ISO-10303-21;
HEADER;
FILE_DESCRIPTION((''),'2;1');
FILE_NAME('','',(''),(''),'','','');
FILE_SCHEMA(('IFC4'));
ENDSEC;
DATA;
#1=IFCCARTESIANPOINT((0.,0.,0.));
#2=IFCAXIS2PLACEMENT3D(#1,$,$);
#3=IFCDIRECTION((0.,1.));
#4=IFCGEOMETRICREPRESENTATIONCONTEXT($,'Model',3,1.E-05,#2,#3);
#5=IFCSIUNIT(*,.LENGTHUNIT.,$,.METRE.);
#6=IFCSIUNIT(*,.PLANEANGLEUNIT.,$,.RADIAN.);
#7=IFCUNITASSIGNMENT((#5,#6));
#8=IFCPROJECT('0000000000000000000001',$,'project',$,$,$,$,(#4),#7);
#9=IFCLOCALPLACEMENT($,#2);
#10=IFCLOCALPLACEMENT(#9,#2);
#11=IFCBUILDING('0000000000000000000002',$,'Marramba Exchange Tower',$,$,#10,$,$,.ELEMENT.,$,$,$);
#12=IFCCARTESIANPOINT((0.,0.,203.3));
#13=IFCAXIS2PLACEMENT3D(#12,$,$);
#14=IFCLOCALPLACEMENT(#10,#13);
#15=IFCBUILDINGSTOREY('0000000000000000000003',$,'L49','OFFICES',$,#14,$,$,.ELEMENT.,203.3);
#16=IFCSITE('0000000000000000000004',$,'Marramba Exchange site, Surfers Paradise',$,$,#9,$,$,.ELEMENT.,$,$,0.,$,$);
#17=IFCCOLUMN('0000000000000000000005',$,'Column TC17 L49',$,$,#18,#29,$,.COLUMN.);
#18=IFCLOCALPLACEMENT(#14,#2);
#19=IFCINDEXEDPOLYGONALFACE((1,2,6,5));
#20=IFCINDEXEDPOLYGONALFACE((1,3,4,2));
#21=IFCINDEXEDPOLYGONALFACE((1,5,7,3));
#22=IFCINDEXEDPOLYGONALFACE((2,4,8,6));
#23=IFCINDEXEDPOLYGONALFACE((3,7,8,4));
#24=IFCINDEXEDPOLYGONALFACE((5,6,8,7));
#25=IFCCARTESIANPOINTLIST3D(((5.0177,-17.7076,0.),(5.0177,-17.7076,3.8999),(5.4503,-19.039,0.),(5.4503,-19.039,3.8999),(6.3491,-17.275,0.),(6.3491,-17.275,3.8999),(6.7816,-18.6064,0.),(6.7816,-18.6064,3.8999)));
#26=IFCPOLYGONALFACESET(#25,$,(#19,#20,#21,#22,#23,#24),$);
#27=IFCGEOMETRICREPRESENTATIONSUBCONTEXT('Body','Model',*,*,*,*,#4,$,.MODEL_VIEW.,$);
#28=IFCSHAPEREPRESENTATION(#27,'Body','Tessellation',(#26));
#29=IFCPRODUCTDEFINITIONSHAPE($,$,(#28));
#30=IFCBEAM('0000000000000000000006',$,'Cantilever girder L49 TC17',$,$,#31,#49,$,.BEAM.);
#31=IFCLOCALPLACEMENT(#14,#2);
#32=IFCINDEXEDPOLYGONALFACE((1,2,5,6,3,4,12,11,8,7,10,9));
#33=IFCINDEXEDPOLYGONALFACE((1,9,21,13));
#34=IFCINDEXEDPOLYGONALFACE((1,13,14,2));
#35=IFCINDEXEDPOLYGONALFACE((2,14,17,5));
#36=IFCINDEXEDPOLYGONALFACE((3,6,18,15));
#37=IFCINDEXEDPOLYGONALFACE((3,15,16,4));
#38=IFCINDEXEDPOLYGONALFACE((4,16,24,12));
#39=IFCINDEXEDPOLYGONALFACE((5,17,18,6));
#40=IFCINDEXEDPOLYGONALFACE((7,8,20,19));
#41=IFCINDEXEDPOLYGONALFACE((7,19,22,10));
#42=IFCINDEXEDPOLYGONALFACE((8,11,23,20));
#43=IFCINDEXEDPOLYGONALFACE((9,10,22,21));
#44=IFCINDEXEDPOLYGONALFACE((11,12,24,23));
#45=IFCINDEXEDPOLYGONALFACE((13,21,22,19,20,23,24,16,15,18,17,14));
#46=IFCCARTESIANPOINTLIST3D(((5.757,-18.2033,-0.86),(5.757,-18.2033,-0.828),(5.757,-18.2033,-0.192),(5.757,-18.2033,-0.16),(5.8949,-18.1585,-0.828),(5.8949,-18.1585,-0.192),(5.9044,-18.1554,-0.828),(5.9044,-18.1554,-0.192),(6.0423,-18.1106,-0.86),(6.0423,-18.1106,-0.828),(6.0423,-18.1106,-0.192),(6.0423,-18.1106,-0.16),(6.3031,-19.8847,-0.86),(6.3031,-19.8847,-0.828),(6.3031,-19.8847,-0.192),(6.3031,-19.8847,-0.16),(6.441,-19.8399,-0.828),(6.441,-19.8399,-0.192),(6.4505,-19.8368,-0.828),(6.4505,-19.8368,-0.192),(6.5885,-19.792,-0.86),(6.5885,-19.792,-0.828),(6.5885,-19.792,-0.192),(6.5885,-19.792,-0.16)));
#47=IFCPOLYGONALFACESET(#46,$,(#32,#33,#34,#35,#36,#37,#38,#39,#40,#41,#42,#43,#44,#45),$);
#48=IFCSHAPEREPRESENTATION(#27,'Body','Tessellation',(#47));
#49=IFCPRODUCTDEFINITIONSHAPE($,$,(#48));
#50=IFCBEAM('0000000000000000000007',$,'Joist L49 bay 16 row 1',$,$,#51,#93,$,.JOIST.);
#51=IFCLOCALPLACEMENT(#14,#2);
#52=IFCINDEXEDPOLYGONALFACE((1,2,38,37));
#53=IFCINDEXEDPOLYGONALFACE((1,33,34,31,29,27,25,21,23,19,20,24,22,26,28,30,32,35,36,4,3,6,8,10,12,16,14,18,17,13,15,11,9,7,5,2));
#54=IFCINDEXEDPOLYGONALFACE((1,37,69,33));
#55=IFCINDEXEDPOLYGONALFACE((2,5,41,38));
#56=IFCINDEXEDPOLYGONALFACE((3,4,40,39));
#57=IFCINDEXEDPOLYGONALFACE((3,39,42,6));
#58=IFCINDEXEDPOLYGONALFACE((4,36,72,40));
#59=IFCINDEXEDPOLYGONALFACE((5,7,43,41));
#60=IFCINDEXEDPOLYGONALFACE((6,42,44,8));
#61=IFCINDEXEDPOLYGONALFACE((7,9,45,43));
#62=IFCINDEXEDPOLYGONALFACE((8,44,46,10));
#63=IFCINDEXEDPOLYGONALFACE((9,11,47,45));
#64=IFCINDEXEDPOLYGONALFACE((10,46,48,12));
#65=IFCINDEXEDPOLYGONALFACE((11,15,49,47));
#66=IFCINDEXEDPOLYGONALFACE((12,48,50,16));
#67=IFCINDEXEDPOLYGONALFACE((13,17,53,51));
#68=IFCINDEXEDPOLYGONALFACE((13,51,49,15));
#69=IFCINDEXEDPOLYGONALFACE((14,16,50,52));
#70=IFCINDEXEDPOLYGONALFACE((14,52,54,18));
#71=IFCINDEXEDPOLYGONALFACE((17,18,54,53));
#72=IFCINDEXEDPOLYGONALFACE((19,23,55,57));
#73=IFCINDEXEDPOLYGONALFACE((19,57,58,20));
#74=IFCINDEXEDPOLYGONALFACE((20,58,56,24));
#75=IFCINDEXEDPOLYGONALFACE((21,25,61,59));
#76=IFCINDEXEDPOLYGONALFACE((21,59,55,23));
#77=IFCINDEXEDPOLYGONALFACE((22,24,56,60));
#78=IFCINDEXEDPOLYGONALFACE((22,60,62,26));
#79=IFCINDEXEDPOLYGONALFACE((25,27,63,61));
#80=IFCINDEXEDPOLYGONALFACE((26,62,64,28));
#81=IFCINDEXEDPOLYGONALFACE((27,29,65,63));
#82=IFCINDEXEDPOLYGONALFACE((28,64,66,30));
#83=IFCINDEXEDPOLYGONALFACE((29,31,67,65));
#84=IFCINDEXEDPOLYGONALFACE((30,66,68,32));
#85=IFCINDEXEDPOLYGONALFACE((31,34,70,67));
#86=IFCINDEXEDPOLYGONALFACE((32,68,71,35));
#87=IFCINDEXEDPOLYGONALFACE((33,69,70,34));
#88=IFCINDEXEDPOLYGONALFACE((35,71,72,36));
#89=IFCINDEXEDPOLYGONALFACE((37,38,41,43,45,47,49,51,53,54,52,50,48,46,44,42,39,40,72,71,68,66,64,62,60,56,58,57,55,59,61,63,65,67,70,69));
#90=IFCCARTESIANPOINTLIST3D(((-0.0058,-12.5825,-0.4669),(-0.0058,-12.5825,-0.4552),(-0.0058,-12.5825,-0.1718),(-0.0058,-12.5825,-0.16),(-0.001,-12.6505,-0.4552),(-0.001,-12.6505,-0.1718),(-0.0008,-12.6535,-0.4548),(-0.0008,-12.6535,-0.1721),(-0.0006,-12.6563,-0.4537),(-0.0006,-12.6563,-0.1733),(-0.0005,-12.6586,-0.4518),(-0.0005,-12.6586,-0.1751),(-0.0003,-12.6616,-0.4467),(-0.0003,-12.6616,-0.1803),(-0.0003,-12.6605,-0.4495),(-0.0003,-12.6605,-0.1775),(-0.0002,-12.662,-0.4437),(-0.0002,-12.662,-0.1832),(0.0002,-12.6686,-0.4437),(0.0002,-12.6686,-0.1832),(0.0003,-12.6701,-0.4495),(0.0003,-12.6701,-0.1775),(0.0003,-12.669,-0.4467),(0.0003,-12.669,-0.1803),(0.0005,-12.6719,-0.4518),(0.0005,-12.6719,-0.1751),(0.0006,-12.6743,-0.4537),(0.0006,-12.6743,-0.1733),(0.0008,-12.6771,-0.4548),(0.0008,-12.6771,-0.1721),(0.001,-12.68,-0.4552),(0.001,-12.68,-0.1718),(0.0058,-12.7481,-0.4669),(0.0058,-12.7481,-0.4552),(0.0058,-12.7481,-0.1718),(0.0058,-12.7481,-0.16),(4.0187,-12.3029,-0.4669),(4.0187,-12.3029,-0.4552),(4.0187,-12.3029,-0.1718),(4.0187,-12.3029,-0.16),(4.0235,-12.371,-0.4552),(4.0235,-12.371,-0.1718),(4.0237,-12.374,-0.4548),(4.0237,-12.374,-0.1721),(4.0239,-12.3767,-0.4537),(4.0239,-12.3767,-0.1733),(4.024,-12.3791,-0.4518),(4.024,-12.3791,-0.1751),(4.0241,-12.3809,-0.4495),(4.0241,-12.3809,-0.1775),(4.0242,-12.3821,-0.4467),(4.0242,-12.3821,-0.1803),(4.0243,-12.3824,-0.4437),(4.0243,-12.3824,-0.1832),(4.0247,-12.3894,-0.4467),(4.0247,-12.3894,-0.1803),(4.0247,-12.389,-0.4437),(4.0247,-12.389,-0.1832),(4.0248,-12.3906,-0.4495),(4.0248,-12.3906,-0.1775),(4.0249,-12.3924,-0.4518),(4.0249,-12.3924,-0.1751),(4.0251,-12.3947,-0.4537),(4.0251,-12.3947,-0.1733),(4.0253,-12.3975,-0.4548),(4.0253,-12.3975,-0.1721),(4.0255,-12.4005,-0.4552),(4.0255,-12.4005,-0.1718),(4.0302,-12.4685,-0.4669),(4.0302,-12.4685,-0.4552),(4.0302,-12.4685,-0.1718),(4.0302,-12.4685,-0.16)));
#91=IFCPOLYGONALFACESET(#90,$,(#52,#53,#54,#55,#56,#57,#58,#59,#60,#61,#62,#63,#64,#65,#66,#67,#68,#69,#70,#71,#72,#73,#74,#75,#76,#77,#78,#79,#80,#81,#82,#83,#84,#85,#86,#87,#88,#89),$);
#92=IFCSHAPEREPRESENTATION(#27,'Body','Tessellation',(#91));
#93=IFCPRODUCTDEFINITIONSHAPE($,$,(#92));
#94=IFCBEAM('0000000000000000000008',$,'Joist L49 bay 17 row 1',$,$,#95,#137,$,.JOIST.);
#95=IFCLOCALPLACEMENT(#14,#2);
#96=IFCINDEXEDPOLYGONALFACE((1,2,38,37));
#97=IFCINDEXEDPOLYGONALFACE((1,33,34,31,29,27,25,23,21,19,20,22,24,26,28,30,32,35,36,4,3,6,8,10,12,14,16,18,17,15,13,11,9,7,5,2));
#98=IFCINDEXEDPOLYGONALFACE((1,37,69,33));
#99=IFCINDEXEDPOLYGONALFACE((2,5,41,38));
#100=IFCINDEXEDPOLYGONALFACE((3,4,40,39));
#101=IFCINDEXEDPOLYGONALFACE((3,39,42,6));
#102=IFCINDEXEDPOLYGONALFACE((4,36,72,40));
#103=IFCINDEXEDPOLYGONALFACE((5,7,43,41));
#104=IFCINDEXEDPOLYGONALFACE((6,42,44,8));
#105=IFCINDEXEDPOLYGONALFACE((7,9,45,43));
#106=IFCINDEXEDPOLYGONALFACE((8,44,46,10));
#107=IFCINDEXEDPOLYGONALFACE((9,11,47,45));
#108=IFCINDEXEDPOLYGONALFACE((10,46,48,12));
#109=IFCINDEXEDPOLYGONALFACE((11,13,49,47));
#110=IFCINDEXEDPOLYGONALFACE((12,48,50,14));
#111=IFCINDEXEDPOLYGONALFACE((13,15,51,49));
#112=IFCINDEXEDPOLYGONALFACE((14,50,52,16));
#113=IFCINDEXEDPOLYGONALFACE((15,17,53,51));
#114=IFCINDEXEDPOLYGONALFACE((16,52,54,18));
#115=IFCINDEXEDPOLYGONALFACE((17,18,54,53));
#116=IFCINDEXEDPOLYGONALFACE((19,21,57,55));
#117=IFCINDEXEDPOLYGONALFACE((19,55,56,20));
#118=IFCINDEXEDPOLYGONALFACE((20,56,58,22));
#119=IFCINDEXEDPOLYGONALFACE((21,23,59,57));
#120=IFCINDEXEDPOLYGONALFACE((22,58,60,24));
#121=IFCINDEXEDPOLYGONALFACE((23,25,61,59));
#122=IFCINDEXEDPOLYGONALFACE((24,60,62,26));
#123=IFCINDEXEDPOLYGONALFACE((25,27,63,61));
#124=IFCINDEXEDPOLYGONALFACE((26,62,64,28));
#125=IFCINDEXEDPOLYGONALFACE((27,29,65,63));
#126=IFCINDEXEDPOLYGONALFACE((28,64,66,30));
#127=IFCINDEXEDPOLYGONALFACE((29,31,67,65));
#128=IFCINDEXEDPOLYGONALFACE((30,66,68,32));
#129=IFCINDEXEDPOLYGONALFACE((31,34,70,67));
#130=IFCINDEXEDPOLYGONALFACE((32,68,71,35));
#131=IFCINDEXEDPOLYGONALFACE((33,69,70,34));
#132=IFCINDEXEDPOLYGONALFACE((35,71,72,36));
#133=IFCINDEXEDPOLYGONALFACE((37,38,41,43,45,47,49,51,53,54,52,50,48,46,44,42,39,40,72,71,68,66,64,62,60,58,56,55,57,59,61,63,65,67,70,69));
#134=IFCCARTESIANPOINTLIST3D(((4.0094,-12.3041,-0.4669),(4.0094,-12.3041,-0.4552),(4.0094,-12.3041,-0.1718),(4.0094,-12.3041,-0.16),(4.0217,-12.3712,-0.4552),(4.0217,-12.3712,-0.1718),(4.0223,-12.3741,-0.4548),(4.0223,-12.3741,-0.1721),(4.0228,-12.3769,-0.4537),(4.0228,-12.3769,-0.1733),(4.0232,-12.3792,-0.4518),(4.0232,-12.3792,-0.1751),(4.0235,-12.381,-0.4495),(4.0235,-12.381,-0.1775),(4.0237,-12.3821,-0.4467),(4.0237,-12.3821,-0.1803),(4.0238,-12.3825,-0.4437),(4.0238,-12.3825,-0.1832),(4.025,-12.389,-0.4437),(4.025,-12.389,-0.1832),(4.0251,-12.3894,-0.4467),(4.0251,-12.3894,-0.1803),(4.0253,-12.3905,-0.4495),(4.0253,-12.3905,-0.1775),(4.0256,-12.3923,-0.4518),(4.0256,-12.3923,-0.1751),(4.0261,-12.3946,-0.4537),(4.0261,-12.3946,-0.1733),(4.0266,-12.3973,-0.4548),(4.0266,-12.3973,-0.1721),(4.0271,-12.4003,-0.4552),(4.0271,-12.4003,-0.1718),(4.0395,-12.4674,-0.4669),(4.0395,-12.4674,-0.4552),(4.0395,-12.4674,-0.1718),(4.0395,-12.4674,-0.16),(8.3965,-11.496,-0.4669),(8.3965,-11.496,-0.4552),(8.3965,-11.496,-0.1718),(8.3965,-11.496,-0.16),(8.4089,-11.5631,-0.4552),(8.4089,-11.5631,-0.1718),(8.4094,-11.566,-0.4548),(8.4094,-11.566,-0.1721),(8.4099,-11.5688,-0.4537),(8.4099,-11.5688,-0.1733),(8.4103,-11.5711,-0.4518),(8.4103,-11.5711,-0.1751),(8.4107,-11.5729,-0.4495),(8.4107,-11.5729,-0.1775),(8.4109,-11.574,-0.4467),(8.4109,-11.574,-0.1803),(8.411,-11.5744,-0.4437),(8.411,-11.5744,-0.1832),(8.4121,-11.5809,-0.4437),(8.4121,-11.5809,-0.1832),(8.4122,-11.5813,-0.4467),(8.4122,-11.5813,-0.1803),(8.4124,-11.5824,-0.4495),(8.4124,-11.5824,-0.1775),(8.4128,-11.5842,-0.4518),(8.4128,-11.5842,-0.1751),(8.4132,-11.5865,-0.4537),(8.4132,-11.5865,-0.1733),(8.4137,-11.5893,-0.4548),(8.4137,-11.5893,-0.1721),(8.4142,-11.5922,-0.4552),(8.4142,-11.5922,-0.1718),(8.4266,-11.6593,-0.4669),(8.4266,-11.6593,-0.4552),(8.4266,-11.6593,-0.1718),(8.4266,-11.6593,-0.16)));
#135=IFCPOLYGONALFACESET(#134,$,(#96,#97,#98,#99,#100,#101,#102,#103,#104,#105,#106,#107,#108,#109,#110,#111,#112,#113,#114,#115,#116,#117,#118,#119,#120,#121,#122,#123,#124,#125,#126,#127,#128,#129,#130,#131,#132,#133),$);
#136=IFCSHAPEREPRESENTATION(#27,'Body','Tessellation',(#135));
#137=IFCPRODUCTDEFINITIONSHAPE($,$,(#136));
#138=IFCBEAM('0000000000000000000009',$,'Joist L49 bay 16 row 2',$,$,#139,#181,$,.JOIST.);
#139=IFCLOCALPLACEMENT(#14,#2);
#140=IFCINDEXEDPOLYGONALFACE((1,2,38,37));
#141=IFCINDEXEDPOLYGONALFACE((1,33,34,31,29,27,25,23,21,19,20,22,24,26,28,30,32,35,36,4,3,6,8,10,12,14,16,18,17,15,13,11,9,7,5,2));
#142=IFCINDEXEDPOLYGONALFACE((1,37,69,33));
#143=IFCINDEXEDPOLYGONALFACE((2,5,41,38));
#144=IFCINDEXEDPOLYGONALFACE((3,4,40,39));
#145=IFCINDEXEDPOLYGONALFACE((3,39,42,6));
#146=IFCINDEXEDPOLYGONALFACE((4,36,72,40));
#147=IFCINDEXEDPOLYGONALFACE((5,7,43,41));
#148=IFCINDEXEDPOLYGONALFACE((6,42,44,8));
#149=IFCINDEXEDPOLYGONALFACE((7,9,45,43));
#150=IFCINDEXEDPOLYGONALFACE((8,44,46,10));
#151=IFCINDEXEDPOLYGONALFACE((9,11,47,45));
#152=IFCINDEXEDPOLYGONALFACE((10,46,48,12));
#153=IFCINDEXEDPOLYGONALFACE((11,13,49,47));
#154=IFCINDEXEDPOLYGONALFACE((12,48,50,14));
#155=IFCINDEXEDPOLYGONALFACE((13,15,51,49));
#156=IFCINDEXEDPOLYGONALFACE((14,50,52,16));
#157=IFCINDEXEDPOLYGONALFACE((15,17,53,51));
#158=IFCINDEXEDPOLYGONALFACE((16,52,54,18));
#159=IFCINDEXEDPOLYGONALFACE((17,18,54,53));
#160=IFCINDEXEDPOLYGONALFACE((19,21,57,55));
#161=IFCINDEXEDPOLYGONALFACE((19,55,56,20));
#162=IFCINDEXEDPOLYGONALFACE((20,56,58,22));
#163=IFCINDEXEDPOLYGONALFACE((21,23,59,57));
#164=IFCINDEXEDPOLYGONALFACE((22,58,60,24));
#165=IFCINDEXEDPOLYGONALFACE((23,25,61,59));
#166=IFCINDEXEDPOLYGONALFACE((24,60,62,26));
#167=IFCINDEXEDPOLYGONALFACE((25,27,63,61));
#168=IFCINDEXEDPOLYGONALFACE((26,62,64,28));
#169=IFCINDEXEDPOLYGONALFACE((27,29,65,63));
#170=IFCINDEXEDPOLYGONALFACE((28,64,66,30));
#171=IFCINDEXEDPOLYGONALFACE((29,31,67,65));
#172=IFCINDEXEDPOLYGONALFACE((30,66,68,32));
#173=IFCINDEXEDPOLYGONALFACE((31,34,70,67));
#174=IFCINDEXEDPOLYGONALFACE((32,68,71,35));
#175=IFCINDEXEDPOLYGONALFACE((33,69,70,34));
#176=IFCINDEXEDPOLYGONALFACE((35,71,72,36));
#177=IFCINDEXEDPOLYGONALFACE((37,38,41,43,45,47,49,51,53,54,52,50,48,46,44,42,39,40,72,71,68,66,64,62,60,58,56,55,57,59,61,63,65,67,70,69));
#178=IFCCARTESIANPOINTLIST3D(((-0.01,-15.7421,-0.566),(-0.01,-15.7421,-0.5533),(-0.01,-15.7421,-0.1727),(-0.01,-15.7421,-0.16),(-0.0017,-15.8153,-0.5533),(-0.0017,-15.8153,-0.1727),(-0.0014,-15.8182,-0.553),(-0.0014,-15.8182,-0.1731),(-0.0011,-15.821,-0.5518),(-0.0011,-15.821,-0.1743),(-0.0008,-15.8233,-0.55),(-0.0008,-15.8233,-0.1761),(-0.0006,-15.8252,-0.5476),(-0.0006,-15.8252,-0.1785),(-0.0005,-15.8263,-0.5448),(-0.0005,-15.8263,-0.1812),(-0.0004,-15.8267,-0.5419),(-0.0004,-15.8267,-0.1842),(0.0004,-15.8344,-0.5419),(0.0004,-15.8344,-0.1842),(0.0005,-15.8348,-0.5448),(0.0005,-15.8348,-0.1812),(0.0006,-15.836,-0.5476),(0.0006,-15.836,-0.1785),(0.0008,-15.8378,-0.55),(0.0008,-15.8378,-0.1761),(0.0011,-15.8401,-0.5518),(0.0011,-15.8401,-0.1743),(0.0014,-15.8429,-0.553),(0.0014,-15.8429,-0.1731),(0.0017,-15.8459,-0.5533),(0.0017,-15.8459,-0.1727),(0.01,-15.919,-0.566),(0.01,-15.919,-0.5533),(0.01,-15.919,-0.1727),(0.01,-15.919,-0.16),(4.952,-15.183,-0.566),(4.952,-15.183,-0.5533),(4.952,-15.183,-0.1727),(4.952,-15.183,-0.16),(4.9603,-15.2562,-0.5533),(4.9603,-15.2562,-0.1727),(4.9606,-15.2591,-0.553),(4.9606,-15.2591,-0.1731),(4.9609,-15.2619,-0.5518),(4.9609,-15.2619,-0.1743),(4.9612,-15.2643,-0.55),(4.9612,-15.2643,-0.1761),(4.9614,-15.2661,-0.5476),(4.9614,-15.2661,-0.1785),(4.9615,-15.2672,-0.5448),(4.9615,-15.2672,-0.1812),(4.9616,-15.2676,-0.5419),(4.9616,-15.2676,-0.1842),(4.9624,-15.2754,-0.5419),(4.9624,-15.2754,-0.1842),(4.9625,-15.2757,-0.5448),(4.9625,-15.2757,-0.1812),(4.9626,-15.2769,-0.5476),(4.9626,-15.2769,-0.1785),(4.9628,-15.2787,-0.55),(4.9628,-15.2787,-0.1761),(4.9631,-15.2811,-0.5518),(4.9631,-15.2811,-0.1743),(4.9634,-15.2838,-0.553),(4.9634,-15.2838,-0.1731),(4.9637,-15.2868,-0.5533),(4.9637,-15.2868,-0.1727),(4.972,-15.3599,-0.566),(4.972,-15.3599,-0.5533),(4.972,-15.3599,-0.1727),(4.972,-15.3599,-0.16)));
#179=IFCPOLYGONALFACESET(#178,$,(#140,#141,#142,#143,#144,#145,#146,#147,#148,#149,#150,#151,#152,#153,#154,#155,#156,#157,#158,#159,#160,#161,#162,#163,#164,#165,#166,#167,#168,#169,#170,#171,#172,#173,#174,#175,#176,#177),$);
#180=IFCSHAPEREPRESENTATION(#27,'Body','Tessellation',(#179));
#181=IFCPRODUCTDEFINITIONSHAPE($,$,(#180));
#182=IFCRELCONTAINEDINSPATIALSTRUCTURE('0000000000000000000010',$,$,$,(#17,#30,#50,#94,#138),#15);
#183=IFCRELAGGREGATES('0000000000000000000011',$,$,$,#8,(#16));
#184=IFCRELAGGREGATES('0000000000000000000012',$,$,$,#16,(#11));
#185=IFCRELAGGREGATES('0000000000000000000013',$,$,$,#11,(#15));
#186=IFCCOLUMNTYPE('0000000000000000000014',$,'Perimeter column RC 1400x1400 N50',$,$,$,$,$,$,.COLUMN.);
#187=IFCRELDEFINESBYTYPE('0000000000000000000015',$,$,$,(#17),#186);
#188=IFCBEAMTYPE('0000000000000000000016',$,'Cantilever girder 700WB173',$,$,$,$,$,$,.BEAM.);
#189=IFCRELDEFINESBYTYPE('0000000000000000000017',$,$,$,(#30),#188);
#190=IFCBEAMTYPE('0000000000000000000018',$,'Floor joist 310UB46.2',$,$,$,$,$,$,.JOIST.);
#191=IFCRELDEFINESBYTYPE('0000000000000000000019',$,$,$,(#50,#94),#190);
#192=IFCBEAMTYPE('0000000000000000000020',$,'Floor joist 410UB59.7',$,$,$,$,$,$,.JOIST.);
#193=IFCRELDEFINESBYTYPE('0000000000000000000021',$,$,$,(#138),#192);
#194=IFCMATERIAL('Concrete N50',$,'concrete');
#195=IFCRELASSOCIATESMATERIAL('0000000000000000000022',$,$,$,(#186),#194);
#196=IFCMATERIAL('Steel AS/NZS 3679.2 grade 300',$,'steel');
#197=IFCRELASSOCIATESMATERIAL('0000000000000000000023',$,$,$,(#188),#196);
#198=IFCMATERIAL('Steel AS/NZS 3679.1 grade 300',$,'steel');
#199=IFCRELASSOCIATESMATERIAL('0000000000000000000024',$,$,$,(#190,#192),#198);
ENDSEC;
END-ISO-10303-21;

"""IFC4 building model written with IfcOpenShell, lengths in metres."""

from ifc_helpers import new_model, si_unit, direction, frame, origin, origin_2d, place, context, subcontext, project, spatial, rectangle, i_section, extrude, material, material_profile, profile_set, type_object, element, save


model = new_model("IFC4")

# Units and contexts
model_context = context("Model", 3, precision=1e-05, world=origin(), true_north=direction((0.0, 1.0)))
body_context = subcontext(model_context, "Body", "Model", "MODEL_VIEW")
ifc_project = project(units=[si_unit("LENGTHUNIT", "METRE"), si_unit("PLANEANGLEUNIT", "RADIAN")], contexts=[model_context])

# Site, building, storey
site_placement = place(None, origin())
site = spatial("IfcSite", under=ifc_project, at=site_placement, Name="Marramba Exchange site, Surfers Paradise", CompositionType="ELEMENT", RefElevation=0.0)
building_placement = place(site_placement, origin())
building = spatial("IfcBuilding", under=site, at=building_placement, Name="Marramba Exchange Tower", CompositionType="ELEMENT")
storey_placement = place(building_placement, frame((0.0, 0.0, 203.3)))
storey = spatial("IfcBuildingStorey", under=building, at=storey_placement, Name="L49", Description="OFFICES", CompositionType="ELEMENT", Elevation=203.3)

# Column
ifc_material_1 = material(Name="Concrete N50", Category="concrete")
ifc_material_profile_1 = material_profile(ifc_material_1, rectangle(XDim=1.3999, YDim=1.3999, at=origin_2d()), Name="RC 1400x1400")
ifc_profile_set_1 = profile_set([ifc_material_profile_1], Name="Concrete N50")
column_type = type_object("IfcColumnType", Name="Perimeter column RC 1400x1400 N50", PredefinedType="COLUMN", material=ifc_profile_set_1)
column_placement = place(storey_placement, frame((5.8997, -18.157, 0.0), z_axis=(0.0, 0.0, 1.0), x_axis=(0.309017, -0.951057, 0.0)))
element("IfcColumn", 1, at=column_placement, inside=storey, type_object=column_type, Name="Column TC17 L49", PredefinedType="COLUMN", context=body_context, shape_type="SweptSolid", body=[
    extrude(rectangle(XDim=1.3999, YDim=1.3999, at=origin_2d()), origin(), (0.0, 0.0, 1.0), 3.8999),
])

# Beams
ifc_material_2 = material(Name="Steel AS/NZS 3679.2 grade 300", Category="steel")
ifc_material_profile_2 = material_profile(ifc_material_2, i_section(OverallWidth=0.3, OverallDepth=0.7, WebThickness=0.01, FlangeThickness=0.032, at=origin_2d()), Name="700WB173")
ifc_profile_set_2 = profile_set([ifc_material_profile_2], Name="Steel AS/NZS 3679.2 grade 300")
beam_type_1 = type_object("IfcBeamType", Name="Cantilever girder 700WB173", PredefinedType="BEAM", material=ifc_profile_set_2)
beam_1_placement = place(storey_placement, frame((5.8997, -18.157, -0.51), z_axis=(0.308927, -0.951086, 0.0), x_axis=(0.951086, 0.308927, 0.0)))
element("IfcBeam", 2, at=beam_1_placement, inside=storey, type_object=beam_type_1, Name="Cantilever girder L49 TC17", PredefinedType="BEAM", context=body_context, shape_type="SweptSolid", body=[
    extrude(i_section(OverallWidth=0.3, OverallDepth=0.7, WebThickness=0.01, FlangeThickness=0.032, at=origin_2d()), origin(), (0.0, 0.0, 1.0), 1.7678),
])
ifc_material_3 = material(Name="Steel AS/NZS 3679.1 grade 300", Category="steel")
ifc_material_profile_3 = material_profile(ifc_material_3, i_section(OverallWidth=0.166, OverallDepth=0.3069, WebThickness=0.0066, FlangeThickness=0.0117, FilletRadius=0.0115, at=origin_2d()), Name="310UB46.2")
ifc_profile_set_3 = profile_set([ifc_material_profile_3], Name="Steel AS/NZS 3679.1 grade 300")
beam_type_2 = type_object("IfcBeamType", Name="Floor joist 310UB46.2", PredefinedType="JOIST", material=ifc_profile_set_3)
beam_2_placement = place(storey_placement, frame((0.0, -12.6653, -0.3135), z_axis=(0.997596, 0.069294, 0.0), x_axis=(-0.069294, 0.997596, 0.0)))
element("IfcBeam", 3, at=beam_2_placement, inside=storey, type_object=beam_type_2, Name="Joist L49 bay 16 row 1", PredefinedType="JOIST", context=body_context, shape_type="SweptSolid", body=[
    extrude(i_section(OverallWidth=0.166, OverallDepth=0.3069, WebThickness=0.0066, FlangeThickness=0.0117, FilletRadius=0.0115, at=origin_2d()), origin(), (0.0, 0.0, 1.0), 4.0342),
])
beam_3_placement = place(storey_placement, frame((4.0244, -12.3857, -0.3135), z_axis=(0.983456, 0.181149, 0.0), x_axis=(-0.181149, 0.983456, 0.0)))
element("IfcBeam", 4, at=beam_3_placement, inside=storey, type_object=beam_type_2, Name="Joist L49 bay 17 row 1", PredefinedType="JOIST", context=body_context, shape_type="SweptSolid", body=[
    extrude(i_section(OverallWidth=0.166, OverallDepth=0.3069, WebThickness=0.0066, FlangeThickness=0.0117, FilletRadius=0.0115, at=origin_2d()), origin(), (0.0, 0.0, 1.0), 4.4609),
])
ifc_material_profile_4 = material_profile(ifc_material_3, i_section(OverallWidth=0.178, OverallDepth=0.406, WebThickness=0.0078, FlangeThickness=0.0127, FilletRadius=0.0115, at=origin_2d()), Name="410UB59.7")
ifc_profile_set_4 = profile_set([ifc_material_profile_4], Name="Steel AS/NZS 3679.1 grade 300")
beam_type_3 = type_object("IfcBeamType", Name="Floor joist 410UB59.7", PredefinedType="JOIST", material=ifc_profile_set_4)
beam_4_placement = place(storey_placement, frame((0.0, -15.8306, -0.363), z_axis=(0.993712, 0.111966, 0.0), x_axis=(-0.111966, 0.993712, 0.0)))
element("IfcBeam", 5, at=beam_4_placement, inside=storey, type_object=beam_type_3, Name="Joist L49 bay 16 row 2", PredefinedType="JOIST", context=body_context, shape_type="SweptSolid", body=[
    extrude(i_section(OverallWidth=0.178, OverallDepth=0.406, WebThickness=0.0078, FlangeThickness=0.0127, FilletRadius=0.0115, at=origin_2d()), origin(), (0.0, 0.0, 1.0), 4.9934),
])

save(model, "model.ifc")
